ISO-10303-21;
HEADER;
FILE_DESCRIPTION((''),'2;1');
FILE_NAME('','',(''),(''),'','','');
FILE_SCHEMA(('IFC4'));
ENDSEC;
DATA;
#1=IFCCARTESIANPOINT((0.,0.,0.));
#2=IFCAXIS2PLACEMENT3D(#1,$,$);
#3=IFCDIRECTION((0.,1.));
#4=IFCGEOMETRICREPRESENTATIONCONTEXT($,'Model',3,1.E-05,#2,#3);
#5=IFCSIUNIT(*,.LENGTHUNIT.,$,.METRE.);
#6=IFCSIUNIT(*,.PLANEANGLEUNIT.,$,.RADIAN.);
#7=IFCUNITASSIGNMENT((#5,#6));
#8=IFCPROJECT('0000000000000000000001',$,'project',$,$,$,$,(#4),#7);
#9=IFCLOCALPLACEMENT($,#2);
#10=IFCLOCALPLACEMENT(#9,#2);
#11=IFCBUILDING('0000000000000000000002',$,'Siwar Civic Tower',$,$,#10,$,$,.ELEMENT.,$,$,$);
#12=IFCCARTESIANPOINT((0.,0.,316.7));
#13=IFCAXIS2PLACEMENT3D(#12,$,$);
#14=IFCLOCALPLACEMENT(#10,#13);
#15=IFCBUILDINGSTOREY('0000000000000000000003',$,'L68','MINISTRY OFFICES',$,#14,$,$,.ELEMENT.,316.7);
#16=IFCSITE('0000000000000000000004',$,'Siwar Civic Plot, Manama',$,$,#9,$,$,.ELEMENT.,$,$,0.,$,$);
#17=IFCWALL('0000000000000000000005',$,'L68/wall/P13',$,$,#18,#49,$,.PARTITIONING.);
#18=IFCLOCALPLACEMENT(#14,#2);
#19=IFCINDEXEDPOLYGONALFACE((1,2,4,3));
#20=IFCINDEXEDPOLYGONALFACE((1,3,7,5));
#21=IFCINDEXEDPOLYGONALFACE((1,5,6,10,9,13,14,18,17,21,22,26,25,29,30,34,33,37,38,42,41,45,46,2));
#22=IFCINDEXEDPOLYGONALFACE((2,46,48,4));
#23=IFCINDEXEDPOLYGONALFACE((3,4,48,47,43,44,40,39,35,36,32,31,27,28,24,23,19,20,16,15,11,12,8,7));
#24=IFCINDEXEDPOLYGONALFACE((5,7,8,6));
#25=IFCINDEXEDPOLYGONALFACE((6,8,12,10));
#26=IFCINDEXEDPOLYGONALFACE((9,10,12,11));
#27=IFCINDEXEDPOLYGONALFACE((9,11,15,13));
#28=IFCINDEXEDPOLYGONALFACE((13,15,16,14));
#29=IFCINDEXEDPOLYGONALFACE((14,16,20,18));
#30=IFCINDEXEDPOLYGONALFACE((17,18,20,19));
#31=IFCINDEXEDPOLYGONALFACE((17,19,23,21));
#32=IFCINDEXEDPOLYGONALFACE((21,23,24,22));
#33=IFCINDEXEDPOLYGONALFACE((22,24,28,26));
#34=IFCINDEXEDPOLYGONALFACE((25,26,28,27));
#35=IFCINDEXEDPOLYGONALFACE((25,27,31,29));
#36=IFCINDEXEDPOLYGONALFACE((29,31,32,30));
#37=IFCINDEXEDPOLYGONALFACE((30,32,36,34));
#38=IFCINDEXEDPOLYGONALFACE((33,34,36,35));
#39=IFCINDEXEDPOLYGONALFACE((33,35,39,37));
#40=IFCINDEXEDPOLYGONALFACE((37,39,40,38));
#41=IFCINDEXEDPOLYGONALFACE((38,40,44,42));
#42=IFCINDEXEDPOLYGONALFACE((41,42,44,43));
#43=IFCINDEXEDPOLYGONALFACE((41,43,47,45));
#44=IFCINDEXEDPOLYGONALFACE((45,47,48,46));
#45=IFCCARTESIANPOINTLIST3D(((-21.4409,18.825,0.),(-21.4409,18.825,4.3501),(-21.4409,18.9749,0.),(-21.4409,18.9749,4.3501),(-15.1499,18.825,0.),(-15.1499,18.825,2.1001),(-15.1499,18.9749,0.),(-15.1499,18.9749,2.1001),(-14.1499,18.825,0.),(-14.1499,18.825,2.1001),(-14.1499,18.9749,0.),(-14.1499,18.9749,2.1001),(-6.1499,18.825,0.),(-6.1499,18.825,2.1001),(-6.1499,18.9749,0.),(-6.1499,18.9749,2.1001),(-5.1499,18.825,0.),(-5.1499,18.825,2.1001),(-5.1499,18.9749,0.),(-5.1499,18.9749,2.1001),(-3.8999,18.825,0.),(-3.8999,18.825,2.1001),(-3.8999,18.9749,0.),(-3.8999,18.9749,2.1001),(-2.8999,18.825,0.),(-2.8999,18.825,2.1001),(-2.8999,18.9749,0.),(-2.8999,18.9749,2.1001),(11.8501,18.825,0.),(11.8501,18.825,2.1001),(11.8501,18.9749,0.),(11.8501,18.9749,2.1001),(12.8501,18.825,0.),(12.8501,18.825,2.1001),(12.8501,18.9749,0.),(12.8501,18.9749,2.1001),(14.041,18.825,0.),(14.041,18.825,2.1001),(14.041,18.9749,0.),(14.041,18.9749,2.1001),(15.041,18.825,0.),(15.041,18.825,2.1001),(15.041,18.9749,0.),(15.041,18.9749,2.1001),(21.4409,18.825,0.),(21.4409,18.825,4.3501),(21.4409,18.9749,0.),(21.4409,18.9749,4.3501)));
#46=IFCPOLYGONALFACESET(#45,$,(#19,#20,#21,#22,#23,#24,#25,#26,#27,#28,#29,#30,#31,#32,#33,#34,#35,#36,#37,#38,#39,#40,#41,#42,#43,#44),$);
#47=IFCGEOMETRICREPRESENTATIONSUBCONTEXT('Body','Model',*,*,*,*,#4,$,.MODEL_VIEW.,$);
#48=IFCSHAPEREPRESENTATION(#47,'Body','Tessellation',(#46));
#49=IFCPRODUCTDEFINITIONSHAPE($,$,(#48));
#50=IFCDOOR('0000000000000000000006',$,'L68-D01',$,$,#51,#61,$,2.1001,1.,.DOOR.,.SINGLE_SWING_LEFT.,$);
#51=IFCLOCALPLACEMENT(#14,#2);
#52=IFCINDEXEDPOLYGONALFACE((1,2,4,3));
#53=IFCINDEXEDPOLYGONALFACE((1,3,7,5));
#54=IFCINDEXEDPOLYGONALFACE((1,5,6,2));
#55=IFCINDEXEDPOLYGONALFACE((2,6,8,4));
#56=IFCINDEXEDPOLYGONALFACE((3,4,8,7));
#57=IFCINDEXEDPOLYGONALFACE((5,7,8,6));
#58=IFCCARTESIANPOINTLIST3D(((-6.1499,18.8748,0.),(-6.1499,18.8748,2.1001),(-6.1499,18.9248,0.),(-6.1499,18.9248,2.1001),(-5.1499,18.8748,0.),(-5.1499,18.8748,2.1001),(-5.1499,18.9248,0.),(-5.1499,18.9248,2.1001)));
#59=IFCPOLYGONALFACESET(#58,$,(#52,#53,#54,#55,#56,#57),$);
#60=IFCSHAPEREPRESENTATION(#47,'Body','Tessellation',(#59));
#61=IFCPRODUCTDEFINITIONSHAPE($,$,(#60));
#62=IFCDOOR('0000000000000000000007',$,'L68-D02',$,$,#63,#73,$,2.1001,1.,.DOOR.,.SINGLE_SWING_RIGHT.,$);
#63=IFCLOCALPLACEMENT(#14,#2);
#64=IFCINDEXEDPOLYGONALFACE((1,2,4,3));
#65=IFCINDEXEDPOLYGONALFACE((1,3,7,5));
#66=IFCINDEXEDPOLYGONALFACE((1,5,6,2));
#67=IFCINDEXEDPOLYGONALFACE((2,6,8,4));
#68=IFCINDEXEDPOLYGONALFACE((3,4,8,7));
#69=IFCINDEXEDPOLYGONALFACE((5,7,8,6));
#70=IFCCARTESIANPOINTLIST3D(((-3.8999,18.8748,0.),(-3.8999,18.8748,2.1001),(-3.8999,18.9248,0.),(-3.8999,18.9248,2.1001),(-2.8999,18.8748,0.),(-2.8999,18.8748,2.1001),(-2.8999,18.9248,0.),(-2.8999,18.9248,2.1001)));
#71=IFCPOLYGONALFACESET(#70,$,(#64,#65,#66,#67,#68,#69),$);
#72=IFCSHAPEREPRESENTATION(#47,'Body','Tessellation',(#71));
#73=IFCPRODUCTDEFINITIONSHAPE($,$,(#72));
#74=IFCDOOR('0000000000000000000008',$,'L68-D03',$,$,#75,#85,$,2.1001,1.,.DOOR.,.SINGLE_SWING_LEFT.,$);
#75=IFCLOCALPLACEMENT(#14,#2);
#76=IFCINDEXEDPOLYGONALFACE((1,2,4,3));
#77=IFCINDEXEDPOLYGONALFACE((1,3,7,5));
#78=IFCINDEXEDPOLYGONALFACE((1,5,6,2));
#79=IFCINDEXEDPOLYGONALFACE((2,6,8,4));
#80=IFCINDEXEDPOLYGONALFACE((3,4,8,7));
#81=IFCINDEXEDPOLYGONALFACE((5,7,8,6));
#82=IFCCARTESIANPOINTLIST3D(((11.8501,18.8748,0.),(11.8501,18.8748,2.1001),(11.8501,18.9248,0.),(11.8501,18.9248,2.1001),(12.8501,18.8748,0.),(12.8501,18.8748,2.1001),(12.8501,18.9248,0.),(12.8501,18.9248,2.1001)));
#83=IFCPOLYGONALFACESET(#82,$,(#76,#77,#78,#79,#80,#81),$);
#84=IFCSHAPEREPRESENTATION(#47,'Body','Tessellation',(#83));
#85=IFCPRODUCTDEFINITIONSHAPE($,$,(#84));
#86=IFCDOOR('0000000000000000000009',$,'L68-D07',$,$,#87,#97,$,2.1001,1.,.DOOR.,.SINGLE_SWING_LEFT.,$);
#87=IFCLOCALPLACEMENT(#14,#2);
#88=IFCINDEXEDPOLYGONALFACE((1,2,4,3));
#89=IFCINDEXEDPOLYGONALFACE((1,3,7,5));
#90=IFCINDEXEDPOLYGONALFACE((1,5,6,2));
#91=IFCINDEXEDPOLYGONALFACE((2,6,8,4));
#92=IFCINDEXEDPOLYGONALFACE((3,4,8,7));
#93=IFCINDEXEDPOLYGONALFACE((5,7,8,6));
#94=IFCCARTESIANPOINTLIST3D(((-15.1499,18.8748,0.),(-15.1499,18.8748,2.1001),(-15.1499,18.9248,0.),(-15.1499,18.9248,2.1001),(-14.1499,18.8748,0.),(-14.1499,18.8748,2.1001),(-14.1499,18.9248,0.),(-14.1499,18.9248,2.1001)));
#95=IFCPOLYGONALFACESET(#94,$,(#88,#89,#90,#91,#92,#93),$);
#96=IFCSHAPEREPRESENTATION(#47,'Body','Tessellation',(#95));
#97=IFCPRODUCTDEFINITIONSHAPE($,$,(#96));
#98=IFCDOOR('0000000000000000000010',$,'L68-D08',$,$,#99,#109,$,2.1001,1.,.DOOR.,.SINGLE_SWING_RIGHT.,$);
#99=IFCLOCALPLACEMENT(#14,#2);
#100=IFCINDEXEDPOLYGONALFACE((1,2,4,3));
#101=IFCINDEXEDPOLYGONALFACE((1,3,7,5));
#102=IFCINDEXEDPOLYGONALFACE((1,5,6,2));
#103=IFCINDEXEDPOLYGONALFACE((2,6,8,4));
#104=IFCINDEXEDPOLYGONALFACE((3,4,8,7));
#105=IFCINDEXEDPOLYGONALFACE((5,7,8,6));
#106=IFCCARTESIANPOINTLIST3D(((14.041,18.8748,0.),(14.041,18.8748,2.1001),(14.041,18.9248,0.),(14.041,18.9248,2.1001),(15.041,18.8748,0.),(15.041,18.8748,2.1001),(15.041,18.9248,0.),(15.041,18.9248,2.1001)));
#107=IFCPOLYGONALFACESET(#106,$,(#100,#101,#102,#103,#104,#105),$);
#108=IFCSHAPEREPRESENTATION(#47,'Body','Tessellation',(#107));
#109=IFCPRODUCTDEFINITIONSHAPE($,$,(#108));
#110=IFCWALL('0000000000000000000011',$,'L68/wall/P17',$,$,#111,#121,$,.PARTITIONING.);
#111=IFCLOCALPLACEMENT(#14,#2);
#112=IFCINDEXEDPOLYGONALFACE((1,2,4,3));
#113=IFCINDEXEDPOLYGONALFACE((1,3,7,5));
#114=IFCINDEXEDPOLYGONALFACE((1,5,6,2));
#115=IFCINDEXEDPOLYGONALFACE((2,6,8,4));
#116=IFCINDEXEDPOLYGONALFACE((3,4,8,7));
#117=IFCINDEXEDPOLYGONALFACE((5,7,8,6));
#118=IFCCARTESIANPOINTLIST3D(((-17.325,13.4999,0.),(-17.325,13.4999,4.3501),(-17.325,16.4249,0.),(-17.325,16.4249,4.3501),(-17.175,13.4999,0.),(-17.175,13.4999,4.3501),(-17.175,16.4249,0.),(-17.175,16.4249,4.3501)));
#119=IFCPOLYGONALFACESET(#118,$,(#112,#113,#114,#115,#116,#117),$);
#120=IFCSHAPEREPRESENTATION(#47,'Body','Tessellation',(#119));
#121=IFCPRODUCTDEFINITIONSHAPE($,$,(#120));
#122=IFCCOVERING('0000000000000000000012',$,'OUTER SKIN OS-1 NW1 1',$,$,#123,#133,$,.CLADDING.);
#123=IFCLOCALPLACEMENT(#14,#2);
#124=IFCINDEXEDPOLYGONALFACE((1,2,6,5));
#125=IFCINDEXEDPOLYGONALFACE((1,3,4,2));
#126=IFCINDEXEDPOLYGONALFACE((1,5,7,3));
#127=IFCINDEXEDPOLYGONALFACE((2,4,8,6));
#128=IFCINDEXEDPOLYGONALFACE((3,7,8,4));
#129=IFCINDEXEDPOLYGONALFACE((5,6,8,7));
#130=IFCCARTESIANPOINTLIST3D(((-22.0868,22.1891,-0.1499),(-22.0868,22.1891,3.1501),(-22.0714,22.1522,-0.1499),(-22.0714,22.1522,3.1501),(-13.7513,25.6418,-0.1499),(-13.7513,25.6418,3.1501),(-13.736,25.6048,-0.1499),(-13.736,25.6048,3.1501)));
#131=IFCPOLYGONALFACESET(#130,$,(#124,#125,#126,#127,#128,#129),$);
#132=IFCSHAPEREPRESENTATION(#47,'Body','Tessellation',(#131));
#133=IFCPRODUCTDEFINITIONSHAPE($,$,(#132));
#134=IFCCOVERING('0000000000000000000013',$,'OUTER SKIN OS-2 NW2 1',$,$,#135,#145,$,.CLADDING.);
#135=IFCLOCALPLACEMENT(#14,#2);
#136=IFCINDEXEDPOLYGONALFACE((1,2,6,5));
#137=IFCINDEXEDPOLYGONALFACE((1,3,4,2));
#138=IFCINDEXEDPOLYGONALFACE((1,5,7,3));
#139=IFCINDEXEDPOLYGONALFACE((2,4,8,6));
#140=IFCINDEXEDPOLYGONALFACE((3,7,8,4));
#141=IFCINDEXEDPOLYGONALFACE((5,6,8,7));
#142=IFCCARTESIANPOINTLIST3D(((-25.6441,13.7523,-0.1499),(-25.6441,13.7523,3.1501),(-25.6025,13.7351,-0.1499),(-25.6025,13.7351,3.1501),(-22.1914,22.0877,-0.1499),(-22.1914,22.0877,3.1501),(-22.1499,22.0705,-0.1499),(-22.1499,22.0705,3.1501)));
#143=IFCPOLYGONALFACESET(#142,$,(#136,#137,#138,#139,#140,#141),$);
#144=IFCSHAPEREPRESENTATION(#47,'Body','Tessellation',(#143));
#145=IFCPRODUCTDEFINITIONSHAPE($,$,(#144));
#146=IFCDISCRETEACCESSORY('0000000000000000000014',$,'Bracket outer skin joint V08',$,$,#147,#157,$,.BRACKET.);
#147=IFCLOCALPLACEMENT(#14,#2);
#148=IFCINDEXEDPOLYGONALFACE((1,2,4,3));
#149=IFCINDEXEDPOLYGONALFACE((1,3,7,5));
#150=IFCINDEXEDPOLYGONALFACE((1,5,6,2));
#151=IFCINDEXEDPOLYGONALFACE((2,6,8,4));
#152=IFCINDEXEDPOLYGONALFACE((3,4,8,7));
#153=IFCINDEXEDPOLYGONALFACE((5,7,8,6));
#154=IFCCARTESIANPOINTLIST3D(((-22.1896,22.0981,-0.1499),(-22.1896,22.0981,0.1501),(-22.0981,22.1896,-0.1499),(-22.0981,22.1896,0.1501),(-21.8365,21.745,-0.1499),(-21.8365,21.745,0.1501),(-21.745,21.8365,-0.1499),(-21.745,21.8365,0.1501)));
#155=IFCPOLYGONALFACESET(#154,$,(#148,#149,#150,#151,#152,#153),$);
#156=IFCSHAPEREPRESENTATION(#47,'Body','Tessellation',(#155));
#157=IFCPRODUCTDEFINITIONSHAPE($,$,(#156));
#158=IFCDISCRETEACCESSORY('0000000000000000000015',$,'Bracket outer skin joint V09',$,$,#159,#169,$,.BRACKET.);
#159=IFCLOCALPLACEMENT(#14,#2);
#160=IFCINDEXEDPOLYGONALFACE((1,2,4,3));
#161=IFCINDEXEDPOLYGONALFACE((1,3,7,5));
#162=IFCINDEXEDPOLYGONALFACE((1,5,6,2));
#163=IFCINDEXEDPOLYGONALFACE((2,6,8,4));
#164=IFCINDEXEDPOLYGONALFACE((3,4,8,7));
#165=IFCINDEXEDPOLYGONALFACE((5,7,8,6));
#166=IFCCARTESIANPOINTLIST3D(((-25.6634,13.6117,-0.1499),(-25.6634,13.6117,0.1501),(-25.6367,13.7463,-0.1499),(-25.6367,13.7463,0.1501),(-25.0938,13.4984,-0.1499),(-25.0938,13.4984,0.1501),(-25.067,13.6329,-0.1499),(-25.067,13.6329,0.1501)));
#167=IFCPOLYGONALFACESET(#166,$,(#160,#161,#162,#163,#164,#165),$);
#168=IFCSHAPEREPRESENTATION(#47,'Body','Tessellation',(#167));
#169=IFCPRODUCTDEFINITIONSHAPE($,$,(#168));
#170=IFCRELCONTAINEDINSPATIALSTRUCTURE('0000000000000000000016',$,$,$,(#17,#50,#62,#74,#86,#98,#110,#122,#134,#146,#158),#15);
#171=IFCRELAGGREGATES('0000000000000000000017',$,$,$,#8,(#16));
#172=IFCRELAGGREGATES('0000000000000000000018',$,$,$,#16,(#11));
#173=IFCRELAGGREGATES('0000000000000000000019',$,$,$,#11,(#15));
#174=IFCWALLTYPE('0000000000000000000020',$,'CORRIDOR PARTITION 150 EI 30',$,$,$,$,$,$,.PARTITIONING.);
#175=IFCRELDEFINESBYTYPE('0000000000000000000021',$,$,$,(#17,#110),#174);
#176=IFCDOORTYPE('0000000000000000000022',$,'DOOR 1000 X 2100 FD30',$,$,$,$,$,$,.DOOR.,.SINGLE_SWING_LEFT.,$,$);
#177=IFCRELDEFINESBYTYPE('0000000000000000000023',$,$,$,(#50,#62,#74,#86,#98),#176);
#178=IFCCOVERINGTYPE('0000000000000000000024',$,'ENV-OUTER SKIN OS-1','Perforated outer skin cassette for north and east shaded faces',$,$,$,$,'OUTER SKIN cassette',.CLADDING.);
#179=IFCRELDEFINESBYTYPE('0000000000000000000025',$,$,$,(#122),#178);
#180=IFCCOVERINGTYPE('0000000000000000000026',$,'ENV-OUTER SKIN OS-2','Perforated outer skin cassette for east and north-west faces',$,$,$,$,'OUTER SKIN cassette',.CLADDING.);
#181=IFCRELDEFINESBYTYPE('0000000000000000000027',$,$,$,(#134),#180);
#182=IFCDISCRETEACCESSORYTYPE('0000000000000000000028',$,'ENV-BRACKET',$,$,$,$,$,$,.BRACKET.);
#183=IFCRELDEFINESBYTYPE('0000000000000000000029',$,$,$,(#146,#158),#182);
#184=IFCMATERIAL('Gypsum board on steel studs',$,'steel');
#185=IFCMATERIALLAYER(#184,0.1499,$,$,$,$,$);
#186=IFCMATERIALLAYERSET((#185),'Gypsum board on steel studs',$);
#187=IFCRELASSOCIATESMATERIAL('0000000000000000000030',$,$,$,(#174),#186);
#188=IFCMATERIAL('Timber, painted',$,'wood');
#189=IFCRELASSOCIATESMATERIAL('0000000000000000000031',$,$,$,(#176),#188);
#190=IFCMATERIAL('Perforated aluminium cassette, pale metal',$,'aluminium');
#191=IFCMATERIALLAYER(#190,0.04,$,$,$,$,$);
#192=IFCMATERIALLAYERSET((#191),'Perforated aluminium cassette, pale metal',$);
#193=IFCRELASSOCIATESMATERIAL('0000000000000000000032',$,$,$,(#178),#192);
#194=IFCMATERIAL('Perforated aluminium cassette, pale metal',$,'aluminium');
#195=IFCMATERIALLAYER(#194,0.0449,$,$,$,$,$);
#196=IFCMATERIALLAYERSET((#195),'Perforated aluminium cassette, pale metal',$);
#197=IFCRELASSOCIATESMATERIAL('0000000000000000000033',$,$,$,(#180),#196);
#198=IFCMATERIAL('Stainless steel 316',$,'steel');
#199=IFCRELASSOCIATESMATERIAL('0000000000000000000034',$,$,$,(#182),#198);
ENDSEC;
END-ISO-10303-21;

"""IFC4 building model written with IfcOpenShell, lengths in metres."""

from ifc_helpers import new_model, si_unit, direction, frame, frame_2d, origin, origin_2d, place, context, subcontext, project, spatial, rectangle, extrude, material, layer, layer_set, type_object, element, fill, save


model = new_model("IFC4")

# Units and contexts
model_context = context("Model", 3, precision=1e-05, world=origin(), true_north=direction((0.0, 1.0)))
body_context = subcontext(model_context, "Body", "Model", "MODEL_VIEW")
ifc_project = project(units=[si_unit("LENGTHUNIT", "METRE"), si_unit("PLANEANGLEUNIT", "RADIAN")], contexts=[model_context])

# Site, building, storey
site_placement = place(None, origin())
site = spatial("IfcSite", under=ifc_project, at=site_placement, Name="Siwar Civic Plot, Manama", CompositionType="ELEMENT", RefElevation=0.0)
building_placement = place(site_placement, origin())
building = spatial("IfcBuilding", under=site, at=building_placement, Name="Siwar Civic Tower", CompositionType="ELEMENT")
storey_placement = place(building_placement, frame((0.0, 0.0, 316.7)))
storey = spatial("IfcBuildingStorey", under=building, at=storey_placement, Name="L68", Description="MINISTRY OFFICES", CompositionType="ELEMENT", Elevation=316.7)

# Shared definitions
ifc_material_1 = material(Name="Gypsum board on steel studs", Category="steel")
ifc_layer_1 = layer(ifc_material_1, 0.1499)
ifc_layer_set_1 = layer_set([ifc_layer_1], Name="Gypsum board on steel studs")
wall_type = type_object("IfcWallType", Name="CORRIDOR PARTITION 150 EI 30", PredefinedType="PARTITIONING", material=ifc_layer_set_1)

# Wall, openings, doors
ifc_material_2 = material(Name="Timber, painted", Category="wood")
door_type = type_object("IfcDoorType", Name="DOOR 1000 X 2100 FD30", OperationType="SINGLE_SWING_LEFT", PredefinedType="DOOR", material=ifc_material_2)
wall_1_placement = place(storey_placement, frame((-21.4409, 18.8999, 0.0), z_axis=(0.0, 0.0, 1.0), x_axis=(1.0, 0.0, 0.0)))
wall_1 = element("IfcWall", 1, at=wall_1_placement, inside=storey, type_object=wall_type, Name="L68/wall/P13", PredefinedType="PARTITIONING", context=body_context, shape_type="SweptSolid", body=[
    extrude(rectangle(XDim=42.8818, YDim=0.1499, at=frame_2d((21.4409, 0.0))), origin(), (0.0, 0.0, 1.0), 4.3501),
])
opening_1_placement = place(wall_1_placement, frame((15.291, 0.0, 0.0)))
opening_1 = element("IfcOpeningElement", 2, at=opening_1_placement, cuts=wall_1, PredefinedType="OPENING", context=body_context, shape_type="SweptSolid", body=[
    extrude(rectangle(XDim=1.0, YDim=2.1001, at=frame_2d((0.5, 1.05))), frame((0.0, 0.085, 0.0), z_axis=(0.0, -1.0, 0.0), x_axis=(1.0, 0.0, 0.0)), (0.0, 0.0, 1.0), 0.1699),
])
opening_2_placement = place(wall_1_placement, frame((17.541, 0.0, 0.0)))
opening_2 = element("IfcOpeningElement", 3, at=opening_2_placement, cuts=wall_1, PredefinedType="OPENING", context=body_context, shape_type="SweptSolid", body=[
    extrude(rectangle(XDim=1.0, YDim=2.1001, at=frame_2d((0.5, 1.05))), frame((0.0, 0.085, 0.0), z_axis=(0.0, -1.0, 0.0), x_axis=(1.0, 0.0, 0.0)), (0.0, 0.0, 1.0), 0.1699),
])
opening_3_placement = place(wall_1_placement, frame((33.291, 0.0, 0.0)))
opening_3 = element("IfcOpeningElement", 4, at=opening_3_placement, cuts=wall_1, PredefinedType="OPENING", context=body_context, shape_type="SweptSolid", body=[
    extrude(rectangle(XDim=1.0, YDim=2.1001, at=frame_2d((0.5, 1.05))), frame((0.0, 0.085, 0.0), z_axis=(0.0, -1.0, 0.0), x_axis=(1.0, 0.0, 0.0)), (0.0, 0.0, 1.0), 0.1699),
])
opening_4_placement = place(wall_1_placement, frame((6.291, 0.0, 0.0)))
opening_4 = element("IfcOpeningElement", 5, at=opening_4_placement, cuts=wall_1, PredefinedType="OPENING", context=body_context, shape_type="SweptSolid", body=[
    extrude(rectangle(XDim=1.0, YDim=2.1001, at=frame_2d((0.5, 1.05))), frame((0.0, 0.085, 0.0), z_axis=(0.0, -1.0, 0.0), x_axis=(1.0, 0.0, 0.0)), (0.0, 0.0, 1.0), 0.1699),
])
opening_5_placement = place(wall_1_placement, frame((35.4819, 0.0, 0.0)))
opening_5 = element("IfcOpeningElement", 6, at=opening_5_placement, cuts=wall_1, PredefinedType="OPENING", context=body_context, shape_type="SweptSolid", body=[
    extrude(rectangle(XDim=1.0, YDim=2.1001, at=frame_2d((0.5, 1.05))), frame((0.0, 0.085, 0.0), z_axis=(0.0, -1.0, 0.0), x_axis=(1.0, 0.0, 0.0)), (0.0, 0.0, 1.0), 0.1699),
])
door_1_placement = place(opening_1_placement, origin())
door_1 = element("IfcDoor", 7, at=door_1_placement, inside=storey, type_object=door_type, Name="L68-D01", OperationType="SINGLE_SWING_LEFT", OverallHeight=2.1001, OverallWidth=1.0, PredefinedType="DOOR", context=body_context, shape_type="SweptSolid", body=[
    extrude(rectangle(XDim=1.0, YDim=2.1001, at=frame_2d((0.5, 1.05))), frame((0.0, 0.0249, 0.0), z_axis=(0.0, -1.0, 0.0), x_axis=(1.0, 0.0, 0.0)), (0.0, 0.0, 1.0), 0.05),
])
fill(opening_1, door_1)
door_2_placement = place(opening_2_placement, origin())
door_2 = element("IfcDoor", 8, at=door_2_placement, inside=storey, type_object=door_type, Name="L68-D02", OperationType="SINGLE_SWING_RIGHT", OverallHeight=2.1001, OverallWidth=1.0, PredefinedType="DOOR", context=body_context, shape_type="SweptSolid", body=[
    extrude(rectangle(XDim=1.0, YDim=2.1001, at=frame_2d((0.5, 1.05))), frame((0.0, 0.0249, 0.0), z_axis=(0.0, -1.0, 0.0), x_axis=(1.0, 0.0, 0.0)), (0.0, 0.0, 1.0), 0.05),
])
fill(opening_2, door_2)
door_3_placement = place(opening_3_placement, origin())
door_3 = element("IfcDoor", 9, at=door_3_placement, inside=storey, type_object=door_type, Name="L68-D03", OperationType="SINGLE_SWING_LEFT", OverallHeight=2.1001, OverallWidth=1.0, PredefinedType="DOOR", context=body_context, shape_type="SweptSolid", body=[
    extrude(rectangle(XDim=1.0, YDim=2.1001, at=frame_2d((0.5, 1.05))), frame((0.0, 0.0249, 0.0), z_axis=(0.0, -1.0, 0.0), x_axis=(1.0, 0.0, 0.0)), (0.0, 0.0, 1.0), 0.05),
])
fill(opening_3, door_3)
door_4_placement = place(opening_4_placement, origin())
door_4 = element("IfcDoor", 10, at=door_4_placement, inside=storey, type_object=door_type, Name="L68-D07", OperationType="SINGLE_SWING_LEFT", OverallHeight=2.1001, OverallWidth=1.0, PredefinedType="DOOR", context=body_context, shape_type="SweptSolid", body=[
    extrude(rectangle(XDim=1.0, YDim=2.1001, at=frame_2d((0.5, 1.05))), frame((0.0, 0.0249, 0.0), z_axis=(0.0, -1.0, 0.0), x_axis=(1.0, 0.0, 0.0)), (0.0, 0.0, 1.0), 0.05),
])
fill(opening_4, door_4)
door_5_placement = place(opening_5_placement, origin())
door_5 = element("IfcDoor", 11, at=door_5_placement, inside=storey, type_object=door_type, Name="L68-D08", OperationType="SINGLE_SWING_RIGHT", OverallHeight=2.1001, OverallWidth=1.0, PredefinedType="DOOR", context=body_context, shape_type="SweptSolid", body=[
    extrude(rectangle(XDim=1.0, YDim=2.1001, at=frame_2d((0.5, 1.05))), frame((0.0, 0.0249, 0.0), z_axis=(0.0, -1.0, 0.0), x_axis=(1.0, 0.0, 0.0)), (0.0, 0.0, 1.0), 0.05),
])
fill(opening_5, door_5)

# Wall
wall_2_placement = place(storey_placement, frame((-17.25, 13.5, 0.0), z_axis=(0.0, 0.0, 1.0), x_axis=(0.0, 1.0, 0.0)))
element("IfcWall", 12, at=wall_2_placement, inside=storey, type_object=wall_type, Name="L68/wall/P17", PredefinedType="PARTITIONING", context=body_context, shape_type="SweptSolid", body=[
    extrude(rectangle(XDim=2.925, YDim=0.1499, at=frame_2d((1.4624, 0.0))), origin(), (0.0, 0.0, 1.0), 4.3501),
])

# Coverings
ifc_material_3 = material(Name="Perforated aluminium cassette, pale metal", Category="aluminium")
ifc_layer_2 = layer(ifc_material_3, 0.04)
ifc_layer_set_2 = layer_set([ifc_layer_2], Name="Perforated aluminium cassette, pale metal")
covering_type_1 = type_object("IfcCoveringType", Name="ENV-OUTER SKIN OS-1", Description="Perforated outer skin cassette for north and east shaded faces", ElementType="OUTER SKIN cassette", PredefinedType="CLADDING", material=ifc_layer_set_2)
covering_1_placement = place(storey_placement, frame((-17.9114, 23.897, -0.1499), z_axis=(0.0, 0.0, 1.0), x_axis=(-0.92388, -0.382683, 0.0)))
element("IfcCovering", 13, at=covering_1_placement, inside=storey, type_object=covering_type_1, Name="OUTER SKIN OS-1 NW1 1", PredefinedType="CLADDING", context=body_context, shape_type="SweptSolid", body=[
    extrude(rectangle(XDim=9.0222, YDim=0.04, at=origin_2d()), origin(), (0.0, 0.0, 1.0), 3.3),
])
ifc_material_4 = material(Name="Perforated aluminium cassette, pale metal", Category="aluminium")
ifc_layer_3 = layer(ifc_material_4, 0.0449)
ifc_layer_set_3 = layer_set([ifc_layer_3], Name="Perforated aluminium cassette, pale metal")
covering_type_2 = type_object("IfcCoveringType", Name="ENV-OUTER SKIN OS-2", Description="Perforated outer skin cassette for east and north-west faces", ElementType="OUTER SKIN cassette", PredefinedType="CLADDING", material=ifc_layer_set_3)
covering_2_placement = place(storey_placement, frame((-23.897, 17.9114, -0.1499), z_axis=(0.0, 0.0, 1.0), x_axis=(-0.382683, -0.92388, 0.0)))
element("IfcCovering", 14, at=covering_2_placement, inside=storey, type_object=covering_type_2, Name="OUTER SKIN OS-2 NW2 1", PredefinedType="CLADDING", context=body_context, shape_type="SweptSolid", body=[
    extrude(rectangle(XDim=9.0222, YDim=0.0449, at=origin_2d()), origin(), (0.0, 0.0, 1.0), 3.3),
])

# Discrete accessories
ifc_material_5 = material(Name="Stainless steel 316", Category="steel")
discrete_accessory_type = type_object("IfcDiscreteAccessoryType", Name="ENV-BRACKET", PredefinedType="BRACKET", material=ifc_material_5)
discrete_accessory_1_placement = place(storey_placement, frame((-21.9673, 21.9673, -0.1499), z_axis=(0.0, 0.0, 1.0), x_axis=(-0.707107, 0.707107, 0.0)))
element("IfcDiscreteAccessory", 15, at=discrete_accessory_1_placement, inside=storey, type_object=discrete_accessory_type, Name="Bracket outer skin joint V08", PredefinedType="BRACKET", context=body_context, shape_type="SweptSolid", body=[
    extrude(rectangle(XDim=0.4993, YDim=0.1294, at=origin_2d()), origin(), (0.0, 0.0, 1.0), 0.3),
])
discrete_accessory_2_placement = place(storey_placement, frame((-25.3652, 13.6223, -0.1499), z_axis=(0.0, 0.0, 1.0), x_axis=(-0.980785, 0.19509, 0.0)))
element("IfcDiscreteAccessory", 16, at=discrete_accessory_2_placement, inside=storey, type_object=discrete_accessory_type, Name="Bracket outer skin joint V09", PredefinedType="BRACKET", context=body_context, shape_type="SweptSolid", body=[
    extrude(rectangle(XDim=0.5808, YDim=0.1372, at=origin_2d()), origin(), (0.0, 0.0, 1.0), 0.3),
])

save(model, "model.ifc")
